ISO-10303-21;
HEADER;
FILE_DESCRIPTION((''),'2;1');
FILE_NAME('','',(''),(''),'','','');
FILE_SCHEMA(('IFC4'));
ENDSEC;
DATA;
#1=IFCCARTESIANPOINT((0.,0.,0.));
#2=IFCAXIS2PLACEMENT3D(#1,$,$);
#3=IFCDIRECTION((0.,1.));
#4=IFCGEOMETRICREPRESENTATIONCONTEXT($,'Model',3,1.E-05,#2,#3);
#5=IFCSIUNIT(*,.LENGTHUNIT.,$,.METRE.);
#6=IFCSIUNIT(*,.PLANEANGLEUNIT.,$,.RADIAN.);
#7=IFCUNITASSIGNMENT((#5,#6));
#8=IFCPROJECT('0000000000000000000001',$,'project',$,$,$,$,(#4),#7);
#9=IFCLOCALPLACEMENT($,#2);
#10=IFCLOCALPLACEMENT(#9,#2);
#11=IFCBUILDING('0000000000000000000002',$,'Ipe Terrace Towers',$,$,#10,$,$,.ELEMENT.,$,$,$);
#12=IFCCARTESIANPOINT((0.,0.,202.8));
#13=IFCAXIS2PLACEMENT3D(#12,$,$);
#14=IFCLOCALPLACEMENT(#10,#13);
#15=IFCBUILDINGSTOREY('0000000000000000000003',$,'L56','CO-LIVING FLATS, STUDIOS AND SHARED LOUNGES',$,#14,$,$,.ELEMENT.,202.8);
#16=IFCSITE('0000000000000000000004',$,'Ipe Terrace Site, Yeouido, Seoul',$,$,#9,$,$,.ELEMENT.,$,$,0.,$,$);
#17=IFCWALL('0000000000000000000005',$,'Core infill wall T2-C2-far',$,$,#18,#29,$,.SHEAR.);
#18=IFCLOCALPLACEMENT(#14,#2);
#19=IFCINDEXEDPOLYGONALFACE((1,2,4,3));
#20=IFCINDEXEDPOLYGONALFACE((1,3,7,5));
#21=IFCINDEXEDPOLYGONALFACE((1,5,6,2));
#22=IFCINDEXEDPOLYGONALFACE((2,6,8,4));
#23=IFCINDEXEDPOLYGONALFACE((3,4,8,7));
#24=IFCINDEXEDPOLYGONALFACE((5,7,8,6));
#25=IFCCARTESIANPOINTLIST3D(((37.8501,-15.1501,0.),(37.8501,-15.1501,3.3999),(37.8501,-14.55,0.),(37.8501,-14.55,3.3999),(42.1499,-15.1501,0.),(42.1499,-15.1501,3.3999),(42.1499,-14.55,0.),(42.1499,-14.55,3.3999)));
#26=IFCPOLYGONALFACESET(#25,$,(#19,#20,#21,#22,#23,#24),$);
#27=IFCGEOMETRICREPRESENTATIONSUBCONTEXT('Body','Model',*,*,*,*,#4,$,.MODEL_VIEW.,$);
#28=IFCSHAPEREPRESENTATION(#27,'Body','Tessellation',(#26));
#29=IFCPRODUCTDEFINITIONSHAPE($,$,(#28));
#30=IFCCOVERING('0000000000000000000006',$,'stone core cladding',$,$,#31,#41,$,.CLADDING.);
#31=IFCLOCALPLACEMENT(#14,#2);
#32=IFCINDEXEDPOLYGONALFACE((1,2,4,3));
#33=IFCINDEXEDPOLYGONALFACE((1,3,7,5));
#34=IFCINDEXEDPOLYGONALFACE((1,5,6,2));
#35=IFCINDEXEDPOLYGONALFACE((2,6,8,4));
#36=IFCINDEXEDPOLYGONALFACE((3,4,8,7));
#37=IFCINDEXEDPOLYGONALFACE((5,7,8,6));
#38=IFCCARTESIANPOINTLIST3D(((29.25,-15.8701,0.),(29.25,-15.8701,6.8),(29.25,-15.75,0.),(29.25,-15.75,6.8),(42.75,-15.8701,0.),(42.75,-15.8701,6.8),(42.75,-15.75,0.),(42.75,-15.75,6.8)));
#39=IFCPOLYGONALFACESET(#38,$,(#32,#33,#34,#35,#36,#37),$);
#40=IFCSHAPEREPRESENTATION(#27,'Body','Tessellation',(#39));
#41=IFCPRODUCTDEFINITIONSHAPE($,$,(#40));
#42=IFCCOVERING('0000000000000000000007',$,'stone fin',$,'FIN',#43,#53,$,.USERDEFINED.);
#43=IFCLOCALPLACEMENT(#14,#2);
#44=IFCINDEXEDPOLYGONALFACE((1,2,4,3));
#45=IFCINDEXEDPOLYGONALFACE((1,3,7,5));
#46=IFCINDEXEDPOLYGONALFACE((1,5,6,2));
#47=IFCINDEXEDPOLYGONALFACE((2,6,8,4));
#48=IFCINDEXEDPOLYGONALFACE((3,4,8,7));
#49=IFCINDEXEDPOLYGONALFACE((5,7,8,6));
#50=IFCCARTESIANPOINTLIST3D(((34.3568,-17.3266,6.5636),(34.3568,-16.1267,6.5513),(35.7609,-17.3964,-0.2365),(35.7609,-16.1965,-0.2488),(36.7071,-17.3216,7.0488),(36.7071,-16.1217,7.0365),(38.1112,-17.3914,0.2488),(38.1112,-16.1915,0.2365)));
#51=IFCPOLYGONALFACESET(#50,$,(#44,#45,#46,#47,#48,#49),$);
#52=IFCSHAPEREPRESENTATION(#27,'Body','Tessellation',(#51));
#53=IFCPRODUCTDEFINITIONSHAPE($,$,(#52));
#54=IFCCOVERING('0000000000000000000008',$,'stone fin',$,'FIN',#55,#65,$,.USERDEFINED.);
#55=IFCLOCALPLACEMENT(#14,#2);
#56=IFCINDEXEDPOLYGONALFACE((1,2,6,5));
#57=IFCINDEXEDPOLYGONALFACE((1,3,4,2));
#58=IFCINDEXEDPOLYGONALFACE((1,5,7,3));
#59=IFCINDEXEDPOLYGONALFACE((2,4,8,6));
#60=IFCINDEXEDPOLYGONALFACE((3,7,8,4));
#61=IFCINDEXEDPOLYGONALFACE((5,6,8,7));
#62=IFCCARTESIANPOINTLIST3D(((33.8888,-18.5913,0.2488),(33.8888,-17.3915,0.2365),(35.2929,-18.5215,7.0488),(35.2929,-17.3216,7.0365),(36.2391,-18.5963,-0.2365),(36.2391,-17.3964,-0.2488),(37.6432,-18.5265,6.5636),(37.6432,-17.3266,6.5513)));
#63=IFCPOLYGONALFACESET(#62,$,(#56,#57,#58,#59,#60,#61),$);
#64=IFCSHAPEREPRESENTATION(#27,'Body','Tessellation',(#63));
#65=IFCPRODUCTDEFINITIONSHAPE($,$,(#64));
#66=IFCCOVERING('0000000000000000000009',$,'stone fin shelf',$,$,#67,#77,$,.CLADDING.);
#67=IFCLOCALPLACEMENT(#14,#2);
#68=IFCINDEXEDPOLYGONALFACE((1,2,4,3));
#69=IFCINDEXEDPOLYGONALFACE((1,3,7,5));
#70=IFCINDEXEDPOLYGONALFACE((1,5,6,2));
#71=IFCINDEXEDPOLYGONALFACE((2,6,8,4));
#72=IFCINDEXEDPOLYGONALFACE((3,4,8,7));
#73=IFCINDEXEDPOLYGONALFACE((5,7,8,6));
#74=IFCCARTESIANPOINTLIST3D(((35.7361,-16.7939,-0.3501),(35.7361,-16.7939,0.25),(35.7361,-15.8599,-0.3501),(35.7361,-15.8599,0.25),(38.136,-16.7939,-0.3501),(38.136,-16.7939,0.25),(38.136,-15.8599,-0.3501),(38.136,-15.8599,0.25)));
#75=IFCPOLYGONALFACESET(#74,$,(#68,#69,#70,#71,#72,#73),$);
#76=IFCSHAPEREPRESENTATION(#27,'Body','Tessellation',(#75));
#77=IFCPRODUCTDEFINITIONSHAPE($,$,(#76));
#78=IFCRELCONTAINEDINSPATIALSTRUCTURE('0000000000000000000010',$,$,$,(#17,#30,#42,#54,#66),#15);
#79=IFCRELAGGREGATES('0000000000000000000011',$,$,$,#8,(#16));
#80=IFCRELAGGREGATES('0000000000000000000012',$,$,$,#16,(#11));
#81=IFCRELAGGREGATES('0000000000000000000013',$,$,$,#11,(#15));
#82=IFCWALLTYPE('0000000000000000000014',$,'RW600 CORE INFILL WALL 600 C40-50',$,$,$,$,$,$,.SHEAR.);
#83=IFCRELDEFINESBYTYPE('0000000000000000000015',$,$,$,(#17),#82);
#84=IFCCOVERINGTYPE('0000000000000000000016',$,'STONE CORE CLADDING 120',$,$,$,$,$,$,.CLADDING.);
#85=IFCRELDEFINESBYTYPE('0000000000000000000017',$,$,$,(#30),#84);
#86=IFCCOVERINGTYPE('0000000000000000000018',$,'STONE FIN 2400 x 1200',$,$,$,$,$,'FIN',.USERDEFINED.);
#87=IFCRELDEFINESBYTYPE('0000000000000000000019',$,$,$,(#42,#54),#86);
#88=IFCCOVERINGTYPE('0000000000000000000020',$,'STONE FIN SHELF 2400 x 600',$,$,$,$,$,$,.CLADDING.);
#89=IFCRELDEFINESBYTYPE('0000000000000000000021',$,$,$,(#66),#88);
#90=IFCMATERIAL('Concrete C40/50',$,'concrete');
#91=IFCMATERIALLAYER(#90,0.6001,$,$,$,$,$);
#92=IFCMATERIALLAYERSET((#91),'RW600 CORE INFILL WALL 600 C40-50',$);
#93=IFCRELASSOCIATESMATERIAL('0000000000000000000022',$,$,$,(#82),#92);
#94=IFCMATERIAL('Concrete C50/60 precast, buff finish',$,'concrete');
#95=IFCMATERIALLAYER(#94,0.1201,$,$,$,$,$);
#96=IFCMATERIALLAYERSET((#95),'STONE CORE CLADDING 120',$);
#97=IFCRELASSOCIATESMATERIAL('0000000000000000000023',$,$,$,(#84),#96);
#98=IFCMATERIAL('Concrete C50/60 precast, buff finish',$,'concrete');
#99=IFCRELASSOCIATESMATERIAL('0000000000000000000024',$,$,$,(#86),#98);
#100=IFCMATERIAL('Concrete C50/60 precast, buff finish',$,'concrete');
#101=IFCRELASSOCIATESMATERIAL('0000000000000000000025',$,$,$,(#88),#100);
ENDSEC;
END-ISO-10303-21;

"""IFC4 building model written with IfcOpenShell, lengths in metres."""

from ifc_helpers import new_model, si_unit, direction, frame, frame_2d, origin, origin_2d, place, context, subcontext, project, spatial, rectangle, extrude, material, layer, layer_set, material_profile, profile_set, type_object, element, save


model = new_model("IFC4")

# Units and contexts
model_context = context("Model", 3, precision=1e-05, world=origin(), true_north=direction((0.0, 1.0)))
body_context = subcontext(model_context, "Body", "Model", "MODEL_VIEW")
ifc_project = project(units=[si_unit("LENGTHUNIT", "METRE"), si_unit("PLANEANGLEUNIT", "RADIAN")], contexts=[model_context])

# Site, building, storey
site_placement = place(None, origin())
site = spatial("IfcSite", under=ifc_project, at=site_placement, Name="Ipe Terrace Site, Yeouido, Seoul", CompositionType="ELEMENT", RefElevation=0.0)
building_placement = place(site_placement, origin())
building = spatial("IfcBuilding", under=site, at=building_placement, Name="Ipe Terrace Towers", CompositionType="ELEMENT")
storey_placement = place(building_placement, frame((0.0, 0.0, 202.8)))
storey = spatial("IfcBuildingStorey", under=building, at=storey_placement, Name="L56", Description="CO-LIVING FLATS, STUDIOS AND SHARED LOUNGES", CompositionType="ELEMENT", Elevation=202.8)

# Wall
ifc_material_1 = material(Name="Concrete C40/50", Category="concrete")
ifc_layer_1 = layer(ifc_material_1, 0.6001)
ifc_layer_set_1 = layer_set([ifc_layer_1], Name="RW600 CORE INFILL WALL 600 C40-50")
wall_type_1 = type_object("IfcWallType", Name="RW600 CORE INFILL WALL 600 C40-50", PredefinedType="SHEAR", material=ifc_layer_set_1)
wall_1_placement = place(storey_placement, frame((37.8501, -14.8501, 0.0), z_axis=(0.0, 0.0, 1.0), x_axis=(1.0, 0.0, 0.0)))
element("IfcWall", 1, at=wall_1_placement, inside=storey, type_object=wall_type_1, Name="Core infill wall T2-C2-far", PredefinedType="SHEAR", context=body_context, shape_type="SweptSolid", body=[
    extrude(rectangle(XDim=4.2998, YDim=0.6001, at=frame_2d((2.1499, 0.0))), origin(), (0.0, 0.0, 1.0), 3.3999),
])

# Coverings
ifc_material_2 = material(Name="Concrete C50/60 precast, buff finish", Category="concrete")
ifc_layer_2 = layer(ifc_material_2, 0.1201)
ifc_layer_set_2 = layer_set([ifc_layer_2], Name="STONE CORE CLADDING 120")
covering_type_1 = type_object("IfcCoveringType", Name="STONE CORE CLADDING 120", PredefinedType="CLADDING", material=ifc_layer_set_2)
covering_1_placement = place(storey_placement, frame((36.0, -15.8101, 0.0), z_axis=(0.0, 0.0, 1.0), x_axis=(1.0, 0.0, 0.0)))
element("IfcCovering", 2, at=covering_1_placement, inside=storey, type_object=covering_type_1, Name="stone core cladding", PredefinedType="CLADDING", context=body_context, shape_type="SweptSolid", body=[
    extrude(rectangle(XDim=13.5, YDim=0.1201, at=origin_2d()), origin(), (0.0, 0.0, 1.0), 6.8),
])
ifc_material_3 = material(Name="Concrete C50/60 precast, buff finish", Category="concrete")
ifc_material_profile = material_profile(ifc_material_3, rectangle(XDim=2.3999, YDim=1.2, at=origin_2d()), Name="STONE FIN 2400 x 1200")
ifc_profile_set = profile_set([ifc_material_profile], Name="Concrete C50/60 precast, buff finish")
covering_type_2 = type_object("IfcCoveringType", Name="STONE FIN 2400 x 1200", ElementType="FIN", PredefinedType="USERDEFINED", material=ifc_profile_set)
for number, where, z_axis, x_axis, name in (
    (3, (36.936, -16.7939, 0.0), (-0.202201, 0.010056, 0.979292), (0.979344, 0.002076, 0.202191), "stone fin"),
    (4, (35.064, -17.9939, 0.0), (0.202201, 0.010056, 0.979292), (0.979344, -0.002076, -0.202191), "stone fin"),
):
    element("IfcCovering", number, at=place(storey_placement, frame(where, z_axis=z_axis, x_axis=x_axis)), inside=storey, type_object=covering_type_2, Name=name, ObjectType="FIN", PredefinedType="USERDEFINED", context=body_context, shape_type="SweptSolid", body=[
        extrude(rectangle(XDim=2.3999, YDim=1.2, at=origin_2d()), origin(), (0.0, 0.0, 1.0), 6.9438),
    ])
ifc_material_4 = material(Name="Concrete C50/60 precast, buff finish", Category="concrete")
covering_type_3 = type_object("IfcCoveringType", Name="STONE FIN SHELF 2400 x 600", PredefinedType="CLADDING", material=ifc_material_4)
covering_2_placement = place(storey_placement, frame((36.936, -16.3269, -0.3501), z_axis=(0.0, 0.0, 1.0), x_axis=(1.0, 0.0, 0.0)))
element("IfcCovering", 5, at=covering_2_placement, inside=storey, type_object=covering_type_3, Name="stone fin shelf", PredefinedType="CLADDING", context=body_context, shape_type="SweptSolid", body=[
    extrude(rectangle(XDim=2.3999, YDim=0.9341, at=origin_2d()), origin(), (0.0, 0.0, 1.0), 0.6001),
])

save(model, "model.ifc")
